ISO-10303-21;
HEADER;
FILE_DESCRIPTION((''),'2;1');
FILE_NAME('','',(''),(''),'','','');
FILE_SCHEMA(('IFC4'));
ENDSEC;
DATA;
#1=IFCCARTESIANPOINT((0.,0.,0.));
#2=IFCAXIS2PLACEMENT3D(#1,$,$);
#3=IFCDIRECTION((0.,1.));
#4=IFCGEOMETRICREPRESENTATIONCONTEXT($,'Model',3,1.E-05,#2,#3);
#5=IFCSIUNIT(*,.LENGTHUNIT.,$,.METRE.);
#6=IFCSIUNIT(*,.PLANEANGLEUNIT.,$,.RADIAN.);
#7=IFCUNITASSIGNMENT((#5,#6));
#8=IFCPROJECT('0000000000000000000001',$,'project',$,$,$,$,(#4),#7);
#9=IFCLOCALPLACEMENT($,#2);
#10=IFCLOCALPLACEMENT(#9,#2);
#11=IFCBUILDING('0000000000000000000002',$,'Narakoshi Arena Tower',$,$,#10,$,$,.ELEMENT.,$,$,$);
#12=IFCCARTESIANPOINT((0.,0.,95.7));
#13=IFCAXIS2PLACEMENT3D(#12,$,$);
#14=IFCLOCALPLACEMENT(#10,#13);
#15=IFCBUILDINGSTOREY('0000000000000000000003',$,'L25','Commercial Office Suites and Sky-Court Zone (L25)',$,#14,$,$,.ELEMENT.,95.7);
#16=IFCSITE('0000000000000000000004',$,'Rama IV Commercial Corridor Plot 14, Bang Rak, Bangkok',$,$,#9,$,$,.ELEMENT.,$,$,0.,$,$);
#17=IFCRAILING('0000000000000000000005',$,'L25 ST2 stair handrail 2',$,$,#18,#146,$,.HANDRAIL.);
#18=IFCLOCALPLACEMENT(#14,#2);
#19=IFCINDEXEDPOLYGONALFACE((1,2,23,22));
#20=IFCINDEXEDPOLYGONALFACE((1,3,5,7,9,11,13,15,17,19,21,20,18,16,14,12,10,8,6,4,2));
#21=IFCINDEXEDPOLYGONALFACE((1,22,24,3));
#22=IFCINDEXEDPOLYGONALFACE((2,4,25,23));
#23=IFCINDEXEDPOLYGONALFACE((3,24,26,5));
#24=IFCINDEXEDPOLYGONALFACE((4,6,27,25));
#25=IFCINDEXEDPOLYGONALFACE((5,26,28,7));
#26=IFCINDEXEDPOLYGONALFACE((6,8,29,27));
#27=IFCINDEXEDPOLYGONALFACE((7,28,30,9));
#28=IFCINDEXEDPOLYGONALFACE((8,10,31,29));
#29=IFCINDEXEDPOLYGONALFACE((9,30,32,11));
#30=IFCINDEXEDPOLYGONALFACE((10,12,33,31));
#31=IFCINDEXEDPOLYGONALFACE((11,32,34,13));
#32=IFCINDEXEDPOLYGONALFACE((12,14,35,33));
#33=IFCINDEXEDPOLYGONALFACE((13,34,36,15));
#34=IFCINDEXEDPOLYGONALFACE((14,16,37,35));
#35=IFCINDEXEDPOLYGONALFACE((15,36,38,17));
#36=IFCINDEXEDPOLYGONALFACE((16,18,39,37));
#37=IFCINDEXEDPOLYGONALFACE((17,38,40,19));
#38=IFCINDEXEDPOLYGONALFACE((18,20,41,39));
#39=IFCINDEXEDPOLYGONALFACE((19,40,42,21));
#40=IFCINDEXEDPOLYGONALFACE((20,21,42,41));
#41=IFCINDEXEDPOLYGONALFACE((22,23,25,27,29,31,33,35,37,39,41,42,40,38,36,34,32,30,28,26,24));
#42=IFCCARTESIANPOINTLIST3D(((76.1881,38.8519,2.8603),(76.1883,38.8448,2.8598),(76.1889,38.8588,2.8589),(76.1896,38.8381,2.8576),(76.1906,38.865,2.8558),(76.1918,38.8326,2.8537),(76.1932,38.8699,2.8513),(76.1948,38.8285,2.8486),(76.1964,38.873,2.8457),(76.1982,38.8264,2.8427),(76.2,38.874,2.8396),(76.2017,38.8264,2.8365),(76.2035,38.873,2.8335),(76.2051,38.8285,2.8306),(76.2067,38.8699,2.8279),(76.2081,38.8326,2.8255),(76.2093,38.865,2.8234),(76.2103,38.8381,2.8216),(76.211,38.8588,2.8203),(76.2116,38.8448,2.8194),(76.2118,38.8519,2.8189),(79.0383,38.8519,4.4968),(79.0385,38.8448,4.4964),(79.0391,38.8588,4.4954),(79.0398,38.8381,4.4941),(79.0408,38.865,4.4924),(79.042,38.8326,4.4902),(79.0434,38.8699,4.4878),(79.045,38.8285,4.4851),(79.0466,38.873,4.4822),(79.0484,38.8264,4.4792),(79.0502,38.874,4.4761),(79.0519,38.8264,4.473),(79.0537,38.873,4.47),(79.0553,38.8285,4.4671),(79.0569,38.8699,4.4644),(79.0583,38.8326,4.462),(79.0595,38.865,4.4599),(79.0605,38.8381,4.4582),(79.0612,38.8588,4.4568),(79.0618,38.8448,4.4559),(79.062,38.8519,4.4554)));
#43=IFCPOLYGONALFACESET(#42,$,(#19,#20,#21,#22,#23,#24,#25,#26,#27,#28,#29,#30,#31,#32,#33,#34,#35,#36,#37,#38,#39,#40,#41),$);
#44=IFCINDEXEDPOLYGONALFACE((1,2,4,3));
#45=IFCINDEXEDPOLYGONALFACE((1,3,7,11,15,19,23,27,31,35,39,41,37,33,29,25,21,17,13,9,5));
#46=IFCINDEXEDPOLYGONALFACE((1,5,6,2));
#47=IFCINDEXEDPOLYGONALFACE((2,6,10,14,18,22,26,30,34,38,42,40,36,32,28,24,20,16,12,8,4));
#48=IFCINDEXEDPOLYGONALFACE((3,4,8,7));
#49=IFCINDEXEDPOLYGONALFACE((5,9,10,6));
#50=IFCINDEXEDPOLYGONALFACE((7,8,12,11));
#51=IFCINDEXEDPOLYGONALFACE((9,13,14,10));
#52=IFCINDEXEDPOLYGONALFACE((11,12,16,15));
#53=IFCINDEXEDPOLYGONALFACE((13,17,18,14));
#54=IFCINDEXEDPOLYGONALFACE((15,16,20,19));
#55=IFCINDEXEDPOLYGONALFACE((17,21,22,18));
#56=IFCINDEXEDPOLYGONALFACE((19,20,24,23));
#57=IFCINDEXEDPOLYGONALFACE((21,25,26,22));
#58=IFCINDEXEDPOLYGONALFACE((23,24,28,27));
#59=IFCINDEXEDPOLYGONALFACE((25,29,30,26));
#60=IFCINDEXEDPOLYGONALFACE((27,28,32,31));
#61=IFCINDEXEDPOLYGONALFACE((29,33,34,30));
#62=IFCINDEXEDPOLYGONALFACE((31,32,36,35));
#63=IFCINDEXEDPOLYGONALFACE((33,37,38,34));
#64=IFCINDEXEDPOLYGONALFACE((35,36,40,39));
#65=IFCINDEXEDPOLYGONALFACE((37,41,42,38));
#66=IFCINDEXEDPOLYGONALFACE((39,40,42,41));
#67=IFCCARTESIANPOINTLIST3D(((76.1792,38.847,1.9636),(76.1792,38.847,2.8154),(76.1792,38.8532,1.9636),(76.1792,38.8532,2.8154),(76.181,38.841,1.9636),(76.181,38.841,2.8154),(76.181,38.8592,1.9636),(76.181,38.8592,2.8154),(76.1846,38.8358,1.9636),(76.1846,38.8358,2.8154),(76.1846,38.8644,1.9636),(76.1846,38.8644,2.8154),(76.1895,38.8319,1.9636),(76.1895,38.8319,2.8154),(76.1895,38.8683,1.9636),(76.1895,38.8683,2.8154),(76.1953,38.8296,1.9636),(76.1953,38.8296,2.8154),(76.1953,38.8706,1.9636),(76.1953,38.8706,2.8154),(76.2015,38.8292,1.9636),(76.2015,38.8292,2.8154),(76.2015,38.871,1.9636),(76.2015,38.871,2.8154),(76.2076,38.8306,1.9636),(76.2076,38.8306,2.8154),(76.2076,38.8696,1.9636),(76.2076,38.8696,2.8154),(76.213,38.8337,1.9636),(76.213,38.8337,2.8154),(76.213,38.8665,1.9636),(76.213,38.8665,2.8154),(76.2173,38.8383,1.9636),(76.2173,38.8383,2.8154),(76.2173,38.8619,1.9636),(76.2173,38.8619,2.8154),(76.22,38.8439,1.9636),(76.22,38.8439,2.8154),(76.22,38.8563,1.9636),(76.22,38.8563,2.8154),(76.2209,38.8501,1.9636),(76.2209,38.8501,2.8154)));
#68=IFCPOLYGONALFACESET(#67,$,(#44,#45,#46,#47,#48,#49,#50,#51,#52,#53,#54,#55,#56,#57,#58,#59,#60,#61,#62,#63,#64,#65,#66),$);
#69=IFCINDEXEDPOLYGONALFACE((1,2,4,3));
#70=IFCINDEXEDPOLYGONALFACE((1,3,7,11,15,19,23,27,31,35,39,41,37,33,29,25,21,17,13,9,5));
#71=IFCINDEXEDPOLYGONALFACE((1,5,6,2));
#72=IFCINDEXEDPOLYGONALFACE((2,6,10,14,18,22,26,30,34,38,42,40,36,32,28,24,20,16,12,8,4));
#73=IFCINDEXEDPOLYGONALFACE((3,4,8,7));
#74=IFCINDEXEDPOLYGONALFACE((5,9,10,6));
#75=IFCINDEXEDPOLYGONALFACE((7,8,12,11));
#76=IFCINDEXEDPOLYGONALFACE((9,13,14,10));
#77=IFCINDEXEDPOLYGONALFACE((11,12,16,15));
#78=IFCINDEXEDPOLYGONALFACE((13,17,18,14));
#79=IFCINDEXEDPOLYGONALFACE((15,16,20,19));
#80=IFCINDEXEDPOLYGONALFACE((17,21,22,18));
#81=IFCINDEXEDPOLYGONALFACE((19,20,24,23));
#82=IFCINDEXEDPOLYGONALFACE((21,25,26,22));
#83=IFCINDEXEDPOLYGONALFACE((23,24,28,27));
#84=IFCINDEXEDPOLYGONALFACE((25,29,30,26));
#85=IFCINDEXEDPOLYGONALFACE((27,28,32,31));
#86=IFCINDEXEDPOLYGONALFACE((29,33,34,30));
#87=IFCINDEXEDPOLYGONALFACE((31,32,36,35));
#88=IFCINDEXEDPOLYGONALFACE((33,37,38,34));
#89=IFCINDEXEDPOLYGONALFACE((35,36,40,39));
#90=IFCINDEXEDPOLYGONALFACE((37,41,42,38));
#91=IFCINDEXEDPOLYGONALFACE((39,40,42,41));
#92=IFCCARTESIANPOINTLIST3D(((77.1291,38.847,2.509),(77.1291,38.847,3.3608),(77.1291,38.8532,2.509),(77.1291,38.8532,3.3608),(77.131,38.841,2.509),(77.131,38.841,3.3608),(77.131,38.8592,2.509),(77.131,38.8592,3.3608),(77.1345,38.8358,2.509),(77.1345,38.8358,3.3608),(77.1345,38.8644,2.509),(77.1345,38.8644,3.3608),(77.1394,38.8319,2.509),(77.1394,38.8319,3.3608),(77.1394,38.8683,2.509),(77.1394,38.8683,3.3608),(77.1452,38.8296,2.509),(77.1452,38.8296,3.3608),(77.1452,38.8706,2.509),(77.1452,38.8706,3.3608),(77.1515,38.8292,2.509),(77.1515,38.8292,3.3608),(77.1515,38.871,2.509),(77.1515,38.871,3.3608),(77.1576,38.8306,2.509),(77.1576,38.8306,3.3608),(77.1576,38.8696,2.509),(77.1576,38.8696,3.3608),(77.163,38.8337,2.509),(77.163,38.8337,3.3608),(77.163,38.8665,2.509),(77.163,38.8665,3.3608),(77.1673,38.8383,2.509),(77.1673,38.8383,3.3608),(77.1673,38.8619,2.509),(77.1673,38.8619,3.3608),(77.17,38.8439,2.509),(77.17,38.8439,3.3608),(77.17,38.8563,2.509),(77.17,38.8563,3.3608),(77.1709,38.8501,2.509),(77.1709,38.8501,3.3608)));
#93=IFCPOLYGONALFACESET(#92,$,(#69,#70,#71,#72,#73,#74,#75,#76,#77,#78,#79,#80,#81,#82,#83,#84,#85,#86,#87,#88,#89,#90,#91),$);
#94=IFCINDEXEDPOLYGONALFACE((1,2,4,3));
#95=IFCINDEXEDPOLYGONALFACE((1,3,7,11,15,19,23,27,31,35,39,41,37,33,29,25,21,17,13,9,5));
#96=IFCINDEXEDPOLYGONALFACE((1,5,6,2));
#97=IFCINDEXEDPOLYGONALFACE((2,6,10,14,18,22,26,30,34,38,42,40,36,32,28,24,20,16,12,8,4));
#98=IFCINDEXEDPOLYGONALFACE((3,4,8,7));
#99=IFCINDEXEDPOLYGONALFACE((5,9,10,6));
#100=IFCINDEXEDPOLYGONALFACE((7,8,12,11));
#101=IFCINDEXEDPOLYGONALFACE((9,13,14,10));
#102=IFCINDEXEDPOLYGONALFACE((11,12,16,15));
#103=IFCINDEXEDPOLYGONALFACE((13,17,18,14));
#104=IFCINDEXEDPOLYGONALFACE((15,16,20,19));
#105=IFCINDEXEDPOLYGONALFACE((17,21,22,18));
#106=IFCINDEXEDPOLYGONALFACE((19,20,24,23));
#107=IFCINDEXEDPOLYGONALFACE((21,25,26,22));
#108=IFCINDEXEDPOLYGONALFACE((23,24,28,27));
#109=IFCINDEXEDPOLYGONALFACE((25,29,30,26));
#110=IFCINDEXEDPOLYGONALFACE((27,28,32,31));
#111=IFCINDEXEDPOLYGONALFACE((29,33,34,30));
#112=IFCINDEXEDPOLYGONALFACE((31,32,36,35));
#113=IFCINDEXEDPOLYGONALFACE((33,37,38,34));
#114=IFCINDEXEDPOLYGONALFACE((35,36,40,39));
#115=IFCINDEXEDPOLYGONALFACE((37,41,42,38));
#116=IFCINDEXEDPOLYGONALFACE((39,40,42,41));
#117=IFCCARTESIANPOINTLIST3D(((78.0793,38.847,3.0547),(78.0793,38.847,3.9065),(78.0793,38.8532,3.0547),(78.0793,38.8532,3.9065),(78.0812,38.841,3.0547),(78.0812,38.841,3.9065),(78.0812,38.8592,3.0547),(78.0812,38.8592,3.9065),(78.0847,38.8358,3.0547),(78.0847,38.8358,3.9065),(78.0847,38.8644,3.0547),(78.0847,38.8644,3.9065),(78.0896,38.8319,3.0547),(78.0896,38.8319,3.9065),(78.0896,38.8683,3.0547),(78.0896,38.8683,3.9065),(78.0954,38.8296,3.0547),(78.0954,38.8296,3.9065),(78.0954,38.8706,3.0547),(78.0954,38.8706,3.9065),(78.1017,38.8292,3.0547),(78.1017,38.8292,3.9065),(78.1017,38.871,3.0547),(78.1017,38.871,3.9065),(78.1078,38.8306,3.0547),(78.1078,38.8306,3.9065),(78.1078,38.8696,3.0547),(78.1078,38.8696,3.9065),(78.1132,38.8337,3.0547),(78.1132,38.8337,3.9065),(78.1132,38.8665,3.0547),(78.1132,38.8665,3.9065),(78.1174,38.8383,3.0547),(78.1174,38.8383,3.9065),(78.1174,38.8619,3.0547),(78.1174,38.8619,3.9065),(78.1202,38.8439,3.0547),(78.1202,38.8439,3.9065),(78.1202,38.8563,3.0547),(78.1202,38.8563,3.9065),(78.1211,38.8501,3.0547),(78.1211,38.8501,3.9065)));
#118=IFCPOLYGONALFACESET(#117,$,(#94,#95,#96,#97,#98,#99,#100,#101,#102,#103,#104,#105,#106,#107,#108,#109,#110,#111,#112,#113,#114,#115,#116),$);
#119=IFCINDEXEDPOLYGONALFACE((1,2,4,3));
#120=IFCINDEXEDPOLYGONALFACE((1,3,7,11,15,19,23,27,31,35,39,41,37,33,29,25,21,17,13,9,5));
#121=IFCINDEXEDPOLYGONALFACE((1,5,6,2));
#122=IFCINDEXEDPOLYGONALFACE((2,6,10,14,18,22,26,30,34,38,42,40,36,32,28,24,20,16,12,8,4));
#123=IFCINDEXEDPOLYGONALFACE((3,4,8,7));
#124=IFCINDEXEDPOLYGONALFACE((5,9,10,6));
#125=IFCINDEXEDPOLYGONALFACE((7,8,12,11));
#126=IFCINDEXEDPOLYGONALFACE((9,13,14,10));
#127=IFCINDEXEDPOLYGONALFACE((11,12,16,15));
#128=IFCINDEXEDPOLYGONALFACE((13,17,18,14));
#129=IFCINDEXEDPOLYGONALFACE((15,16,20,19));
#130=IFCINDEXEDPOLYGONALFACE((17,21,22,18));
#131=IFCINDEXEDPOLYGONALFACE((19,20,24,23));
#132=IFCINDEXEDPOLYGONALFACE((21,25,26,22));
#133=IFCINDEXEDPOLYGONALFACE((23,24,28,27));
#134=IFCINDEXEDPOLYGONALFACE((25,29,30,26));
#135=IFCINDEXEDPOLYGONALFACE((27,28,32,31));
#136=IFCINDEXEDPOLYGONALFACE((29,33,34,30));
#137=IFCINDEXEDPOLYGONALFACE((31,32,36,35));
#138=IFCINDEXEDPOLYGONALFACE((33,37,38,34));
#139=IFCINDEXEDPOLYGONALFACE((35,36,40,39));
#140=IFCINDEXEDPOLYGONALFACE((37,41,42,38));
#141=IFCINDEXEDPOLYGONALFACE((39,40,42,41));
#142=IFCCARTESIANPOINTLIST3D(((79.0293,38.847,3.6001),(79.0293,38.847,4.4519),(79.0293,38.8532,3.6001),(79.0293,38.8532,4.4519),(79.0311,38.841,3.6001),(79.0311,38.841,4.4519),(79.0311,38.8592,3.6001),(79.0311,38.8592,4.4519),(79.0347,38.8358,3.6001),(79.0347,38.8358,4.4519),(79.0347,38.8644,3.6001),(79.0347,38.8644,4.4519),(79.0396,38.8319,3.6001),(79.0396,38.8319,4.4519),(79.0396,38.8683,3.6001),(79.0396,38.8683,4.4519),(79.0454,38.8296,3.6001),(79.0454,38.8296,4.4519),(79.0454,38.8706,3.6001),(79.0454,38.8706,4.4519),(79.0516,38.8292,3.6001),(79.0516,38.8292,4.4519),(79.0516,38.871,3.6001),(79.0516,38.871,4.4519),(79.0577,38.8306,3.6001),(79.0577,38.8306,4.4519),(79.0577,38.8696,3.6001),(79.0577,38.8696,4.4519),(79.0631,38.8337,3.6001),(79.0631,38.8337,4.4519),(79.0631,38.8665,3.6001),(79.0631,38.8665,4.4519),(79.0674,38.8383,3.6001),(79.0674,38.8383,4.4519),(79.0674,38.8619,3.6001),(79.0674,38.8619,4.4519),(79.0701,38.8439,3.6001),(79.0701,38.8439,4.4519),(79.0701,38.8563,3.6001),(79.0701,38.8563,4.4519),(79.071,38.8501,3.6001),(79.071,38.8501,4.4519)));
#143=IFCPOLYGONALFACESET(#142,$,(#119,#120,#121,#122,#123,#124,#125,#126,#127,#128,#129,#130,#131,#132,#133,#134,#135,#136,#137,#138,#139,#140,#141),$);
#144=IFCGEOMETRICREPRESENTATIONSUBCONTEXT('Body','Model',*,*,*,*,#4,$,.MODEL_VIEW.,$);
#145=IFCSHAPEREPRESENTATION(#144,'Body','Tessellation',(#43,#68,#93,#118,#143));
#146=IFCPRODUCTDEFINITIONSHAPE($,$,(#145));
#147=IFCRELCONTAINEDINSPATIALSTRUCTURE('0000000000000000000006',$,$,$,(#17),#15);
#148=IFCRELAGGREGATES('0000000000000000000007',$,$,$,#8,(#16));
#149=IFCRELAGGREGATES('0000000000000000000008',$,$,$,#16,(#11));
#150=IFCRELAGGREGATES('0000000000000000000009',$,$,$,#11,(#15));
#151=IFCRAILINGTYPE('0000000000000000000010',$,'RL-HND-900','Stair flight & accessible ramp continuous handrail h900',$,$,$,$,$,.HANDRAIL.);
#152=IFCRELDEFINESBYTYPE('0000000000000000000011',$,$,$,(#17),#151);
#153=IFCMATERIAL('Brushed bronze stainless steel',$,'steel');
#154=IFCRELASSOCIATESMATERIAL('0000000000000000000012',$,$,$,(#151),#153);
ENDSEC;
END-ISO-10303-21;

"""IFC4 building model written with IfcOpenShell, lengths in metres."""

from ifc_helpers import new_model, si_unit, direction, frame, origin, origin_2d, place, context, subcontext, project, spatial, circle, extrude, material, type_object, element, save


model = new_model("IFC4")

# Units and contexts
model_context = context("Model", 3, precision=1e-05, world=origin(), true_north=direction((0.0, 1.0)))
body_context = subcontext(model_context, "Body", "Model", "MODEL_VIEW")
ifc_project = project(units=[si_unit("LENGTHUNIT", "METRE"), si_unit("PLANEANGLEUNIT", "RADIAN")], contexts=[model_context])

# Site, building, storey
site_placement = place(None, origin())
site = spatial("IfcSite", under=ifc_project, at=site_placement, Name="Rama IV Commercial Corridor Plot 14, Bang Rak, Bangkok", CompositionType="ELEMENT", RefElevation=0.0)
building_placement = place(site_placement, origin())
building = spatial("IfcBuilding", under=site, at=building_placement, Name="Narakoshi Arena Tower", CompositionType="ELEMENT")
storey_placement = place(building_placement, frame((0.0, 0.0, 95.7)))
storey = spatial("IfcBuildingStorey", under=building, at=storey_placement, Name="L25", Description="Commercial Office Suites and Sky-Court Zone (L25)", CompositionType="ELEMENT", Elevation=95.7)

# Railing
ifc_material_1 = material(Name="Brushed bronze stainless steel", Category="steel")
railing_type_1 = type_object("IfcRailingType", Name="RL-HND-900", Description="Stair flight & accessible ramp continuous handrail h900", PredefinedType="HANDRAIL", material=ifc_material_1)
for number, where, name in (
    (1, (76.2, 38.8501, 1.9636), "L25 ST2 stair handrail 2"),
):
    element("IfcRailing", number, at=place(storey_placement, frame(where)), inside=storey, type_object=railing_type_1, Name=name, PredefinedType="HANDRAIL", context=body_context, shape_type="SweptSolid", body=[
        extrude(circle(Radius=0.0239, at=origin_2d()), frame((0.0, 0.0, 0.876), z_axis=(0.867213, 0.0, 0.497938), x_axis=(0.0, 1.0, 0.0)), (0.0, 0.0, 1.0), 3.2866),
        extrude(circle(Radius=0.021, at=origin_2d()), origin(), (0.0, 0.0, 1.0), 0.8518),
        extrude(circle(Radius=0.021, at=origin_2d()), frame((0.95, 0.0, 0.5454)), (0.0, 0.0, 1.0), 0.8518),
        extrude(circle(Radius=0.021, at=origin_2d()), frame((1.9001, 0.0, 1.0911)), (0.0, 0.0, 1.0), 0.8518),
        extrude(circle(Radius=0.021, at=origin_2d()), frame((2.8501, 0.0, 1.6365)), (0.0, 0.0, 1.0), 0.8518),
    ])

save(model, "model.ifc")
